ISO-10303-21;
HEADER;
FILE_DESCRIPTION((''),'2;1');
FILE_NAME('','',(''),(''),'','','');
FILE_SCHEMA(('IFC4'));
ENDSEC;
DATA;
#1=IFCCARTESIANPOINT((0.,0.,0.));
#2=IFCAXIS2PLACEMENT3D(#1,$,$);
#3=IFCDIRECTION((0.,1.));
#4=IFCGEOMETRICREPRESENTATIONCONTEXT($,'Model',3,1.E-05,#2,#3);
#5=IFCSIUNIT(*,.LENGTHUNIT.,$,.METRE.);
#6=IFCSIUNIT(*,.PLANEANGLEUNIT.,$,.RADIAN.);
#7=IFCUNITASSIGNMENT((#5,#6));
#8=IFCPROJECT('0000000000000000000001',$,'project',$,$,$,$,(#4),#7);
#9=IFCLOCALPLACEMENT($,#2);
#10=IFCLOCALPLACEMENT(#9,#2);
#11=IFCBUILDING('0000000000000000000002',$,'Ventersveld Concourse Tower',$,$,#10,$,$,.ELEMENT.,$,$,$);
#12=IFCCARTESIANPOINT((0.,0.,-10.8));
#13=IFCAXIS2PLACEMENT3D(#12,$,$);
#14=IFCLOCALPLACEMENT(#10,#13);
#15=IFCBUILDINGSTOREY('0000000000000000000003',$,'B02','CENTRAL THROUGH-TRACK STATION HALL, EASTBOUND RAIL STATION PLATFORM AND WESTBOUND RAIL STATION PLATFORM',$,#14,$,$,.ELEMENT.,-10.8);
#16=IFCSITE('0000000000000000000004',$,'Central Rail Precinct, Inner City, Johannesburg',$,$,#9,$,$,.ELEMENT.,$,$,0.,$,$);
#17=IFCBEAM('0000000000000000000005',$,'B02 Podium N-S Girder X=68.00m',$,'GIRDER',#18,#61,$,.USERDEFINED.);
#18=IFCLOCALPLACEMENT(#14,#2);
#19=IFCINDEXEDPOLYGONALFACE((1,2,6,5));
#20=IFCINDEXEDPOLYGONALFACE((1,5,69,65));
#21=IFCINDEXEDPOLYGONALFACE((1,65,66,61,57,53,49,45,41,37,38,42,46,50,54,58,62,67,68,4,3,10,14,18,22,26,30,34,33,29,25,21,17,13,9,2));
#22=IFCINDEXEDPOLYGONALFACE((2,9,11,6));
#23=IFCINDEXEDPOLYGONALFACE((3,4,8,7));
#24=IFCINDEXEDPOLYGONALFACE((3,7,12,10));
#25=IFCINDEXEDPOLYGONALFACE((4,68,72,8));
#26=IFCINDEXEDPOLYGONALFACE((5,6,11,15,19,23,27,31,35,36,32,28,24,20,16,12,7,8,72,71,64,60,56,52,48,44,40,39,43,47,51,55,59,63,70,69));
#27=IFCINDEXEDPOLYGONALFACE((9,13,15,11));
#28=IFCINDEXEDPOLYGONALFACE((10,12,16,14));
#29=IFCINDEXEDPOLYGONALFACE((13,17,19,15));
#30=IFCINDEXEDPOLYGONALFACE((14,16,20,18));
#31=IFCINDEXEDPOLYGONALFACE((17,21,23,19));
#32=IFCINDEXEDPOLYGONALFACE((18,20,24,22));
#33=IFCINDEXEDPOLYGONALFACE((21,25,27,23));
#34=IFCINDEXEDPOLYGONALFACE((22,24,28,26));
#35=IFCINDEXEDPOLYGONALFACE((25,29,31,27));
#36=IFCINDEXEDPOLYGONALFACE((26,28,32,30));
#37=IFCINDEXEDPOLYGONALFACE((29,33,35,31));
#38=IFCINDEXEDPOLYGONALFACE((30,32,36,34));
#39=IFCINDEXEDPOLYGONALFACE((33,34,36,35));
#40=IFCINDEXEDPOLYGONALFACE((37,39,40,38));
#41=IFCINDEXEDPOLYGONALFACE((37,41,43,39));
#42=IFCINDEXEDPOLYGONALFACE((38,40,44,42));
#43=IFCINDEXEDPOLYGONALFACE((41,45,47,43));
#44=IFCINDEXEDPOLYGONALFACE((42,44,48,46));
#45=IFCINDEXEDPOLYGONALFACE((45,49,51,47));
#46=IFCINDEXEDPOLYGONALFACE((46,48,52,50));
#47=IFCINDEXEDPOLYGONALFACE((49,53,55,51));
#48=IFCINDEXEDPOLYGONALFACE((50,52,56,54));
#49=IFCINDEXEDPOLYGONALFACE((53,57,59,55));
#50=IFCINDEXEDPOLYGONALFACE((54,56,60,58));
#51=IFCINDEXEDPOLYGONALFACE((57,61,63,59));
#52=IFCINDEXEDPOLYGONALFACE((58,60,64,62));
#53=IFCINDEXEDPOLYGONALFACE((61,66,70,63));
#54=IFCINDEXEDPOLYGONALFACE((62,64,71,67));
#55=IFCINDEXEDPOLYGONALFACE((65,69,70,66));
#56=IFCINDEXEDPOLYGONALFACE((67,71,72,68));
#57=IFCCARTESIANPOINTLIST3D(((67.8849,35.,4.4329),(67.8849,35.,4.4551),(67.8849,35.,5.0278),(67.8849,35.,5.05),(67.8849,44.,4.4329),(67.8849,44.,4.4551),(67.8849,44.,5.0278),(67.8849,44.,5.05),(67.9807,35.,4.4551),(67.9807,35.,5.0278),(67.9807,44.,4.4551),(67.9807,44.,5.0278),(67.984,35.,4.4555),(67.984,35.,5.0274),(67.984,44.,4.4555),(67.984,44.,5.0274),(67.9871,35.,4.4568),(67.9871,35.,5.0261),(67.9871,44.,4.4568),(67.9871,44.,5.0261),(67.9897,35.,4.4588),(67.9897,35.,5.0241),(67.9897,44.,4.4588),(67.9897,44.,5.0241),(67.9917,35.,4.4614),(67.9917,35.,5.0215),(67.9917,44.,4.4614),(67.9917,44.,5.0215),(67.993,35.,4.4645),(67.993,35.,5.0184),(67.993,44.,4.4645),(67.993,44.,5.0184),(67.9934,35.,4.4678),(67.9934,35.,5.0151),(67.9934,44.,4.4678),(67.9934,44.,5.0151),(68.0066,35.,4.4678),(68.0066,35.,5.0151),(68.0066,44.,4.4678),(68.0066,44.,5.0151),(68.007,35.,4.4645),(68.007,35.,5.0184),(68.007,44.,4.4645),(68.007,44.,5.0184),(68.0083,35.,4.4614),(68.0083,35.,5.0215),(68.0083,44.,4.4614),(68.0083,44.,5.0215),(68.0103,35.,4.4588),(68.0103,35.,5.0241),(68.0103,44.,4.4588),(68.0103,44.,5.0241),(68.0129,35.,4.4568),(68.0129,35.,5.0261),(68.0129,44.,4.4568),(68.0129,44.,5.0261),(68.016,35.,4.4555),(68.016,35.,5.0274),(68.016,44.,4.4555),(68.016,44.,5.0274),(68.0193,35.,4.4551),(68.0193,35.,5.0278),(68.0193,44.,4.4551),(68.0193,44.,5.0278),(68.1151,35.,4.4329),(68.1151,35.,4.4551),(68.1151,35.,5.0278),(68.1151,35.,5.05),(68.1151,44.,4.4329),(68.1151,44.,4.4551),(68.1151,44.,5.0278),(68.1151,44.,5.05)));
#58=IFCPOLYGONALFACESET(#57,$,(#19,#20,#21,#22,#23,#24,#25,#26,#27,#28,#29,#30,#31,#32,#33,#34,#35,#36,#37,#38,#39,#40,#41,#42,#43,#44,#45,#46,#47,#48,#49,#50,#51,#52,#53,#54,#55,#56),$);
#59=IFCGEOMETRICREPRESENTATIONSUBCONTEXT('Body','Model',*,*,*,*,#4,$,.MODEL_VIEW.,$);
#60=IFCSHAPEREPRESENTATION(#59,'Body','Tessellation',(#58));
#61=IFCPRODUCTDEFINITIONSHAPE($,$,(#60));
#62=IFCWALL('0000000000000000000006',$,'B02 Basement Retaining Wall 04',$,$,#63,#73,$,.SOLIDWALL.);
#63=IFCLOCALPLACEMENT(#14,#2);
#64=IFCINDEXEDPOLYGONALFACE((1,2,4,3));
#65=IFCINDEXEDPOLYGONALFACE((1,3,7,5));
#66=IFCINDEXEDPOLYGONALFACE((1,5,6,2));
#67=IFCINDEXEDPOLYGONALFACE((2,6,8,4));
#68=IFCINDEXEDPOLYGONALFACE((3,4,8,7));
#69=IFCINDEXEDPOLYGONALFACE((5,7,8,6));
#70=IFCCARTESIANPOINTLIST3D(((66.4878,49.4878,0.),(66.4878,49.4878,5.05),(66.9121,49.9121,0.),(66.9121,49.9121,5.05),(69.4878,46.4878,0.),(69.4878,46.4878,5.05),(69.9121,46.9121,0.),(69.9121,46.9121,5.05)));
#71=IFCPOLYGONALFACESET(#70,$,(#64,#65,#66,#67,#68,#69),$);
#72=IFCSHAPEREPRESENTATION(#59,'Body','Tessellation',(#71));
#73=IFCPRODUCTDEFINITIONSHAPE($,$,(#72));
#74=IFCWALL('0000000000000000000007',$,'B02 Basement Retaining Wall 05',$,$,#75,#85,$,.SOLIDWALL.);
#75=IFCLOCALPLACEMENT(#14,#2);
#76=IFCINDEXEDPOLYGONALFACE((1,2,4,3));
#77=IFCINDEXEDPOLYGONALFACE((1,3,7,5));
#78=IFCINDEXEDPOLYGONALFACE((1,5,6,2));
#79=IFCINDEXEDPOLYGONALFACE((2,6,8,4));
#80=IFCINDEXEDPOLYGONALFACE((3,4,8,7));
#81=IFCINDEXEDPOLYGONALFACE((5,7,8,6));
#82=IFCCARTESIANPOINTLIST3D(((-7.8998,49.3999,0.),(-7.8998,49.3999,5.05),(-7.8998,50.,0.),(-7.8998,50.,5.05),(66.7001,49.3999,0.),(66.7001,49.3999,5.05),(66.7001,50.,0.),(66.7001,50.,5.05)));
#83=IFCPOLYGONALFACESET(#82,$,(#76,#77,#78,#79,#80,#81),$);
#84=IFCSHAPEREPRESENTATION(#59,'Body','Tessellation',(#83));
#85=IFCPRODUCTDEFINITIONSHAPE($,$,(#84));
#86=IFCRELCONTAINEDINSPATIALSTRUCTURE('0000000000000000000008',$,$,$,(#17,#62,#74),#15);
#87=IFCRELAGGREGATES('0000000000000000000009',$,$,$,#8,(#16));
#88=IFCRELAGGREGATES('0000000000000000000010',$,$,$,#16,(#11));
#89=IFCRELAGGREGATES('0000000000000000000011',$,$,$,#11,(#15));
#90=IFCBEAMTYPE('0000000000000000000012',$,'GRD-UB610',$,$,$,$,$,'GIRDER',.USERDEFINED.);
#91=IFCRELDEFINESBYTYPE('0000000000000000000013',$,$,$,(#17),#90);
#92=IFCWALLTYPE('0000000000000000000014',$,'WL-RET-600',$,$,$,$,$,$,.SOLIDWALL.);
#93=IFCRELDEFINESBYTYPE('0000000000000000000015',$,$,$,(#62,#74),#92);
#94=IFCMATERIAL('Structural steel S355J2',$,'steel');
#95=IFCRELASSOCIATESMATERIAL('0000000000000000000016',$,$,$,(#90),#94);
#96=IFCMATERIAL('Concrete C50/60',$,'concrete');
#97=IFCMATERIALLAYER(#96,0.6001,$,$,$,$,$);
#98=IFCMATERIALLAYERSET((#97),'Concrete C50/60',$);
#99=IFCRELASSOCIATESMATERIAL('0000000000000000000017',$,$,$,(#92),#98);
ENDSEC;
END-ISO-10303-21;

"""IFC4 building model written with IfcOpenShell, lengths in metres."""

from ifc_helpers import new_model, si_unit, direction, frame, frame_2d, origin, origin_2d, place, context, subcontext, project, spatial, rectangle, i_section, extrude, material, layer, layer_set, material_profile, profile_set, type_object, element, save


model = new_model("IFC4")

# Units and contexts
model_context = context("Model", 3, precision=1e-05, world=origin(), true_north=direction((0.0, 1.0)))
body_context = subcontext(model_context, "Body", "Model", "MODEL_VIEW")
ifc_project = project(units=[si_unit("LENGTHUNIT", "METRE"), si_unit("PLANEANGLEUNIT", "RADIAN")], contexts=[model_context])

# Site, building, storey
site_placement = place(None, origin())
site = spatial("IfcSite", under=ifc_project, at=site_placement, Name="Central Rail Precinct, Inner City, Johannesburg", CompositionType="ELEMENT", RefElevation=0.0)
building_placement = place(site_placement, origin())
building = spatial("IfcBuilding", under=site, at=building_placement, Name="Ventersveld Concourse Tower", CompositionType="ELEMENT")
storey_placement = place(building_placement, frame((0.0, 0.0, -10.8)))
storey = spatial("IfcBuildingStorey", under=building, at=storey_placement, Name="B02", Description="CENTRAL THROUGH-TRACK STATION HALL, EASTBOUND RAIL STATION PLATFORM AND WESTBOUND RAIL STATION PLATFORM", CompositionType="ELEMENT", Elevation=-10.8)

# Shared definitions
ifc_material_1 = material(Name="Concrete C50/60", Category="concrete")

# Beam
ifc_material_2 = material(Name="Structural steel S355J2", Category="steel")
ifc_material_profile_1 = material_profile(ifc_material_2, i_section(OverallWidth=0.2302, OverallDepth=0.6172, WebThickness=0.0132, FlangeThickness=0.0222, FilletRadius=0.0127, at=origin_2d()), Name="UB 610x229x140")
ifc_profile_set_1 = profile_set([ifc_material_profile_1], Name="Structural steel S355J2")
beam_type_1 = type_object("IfcBeamType", Name="GRD-UB610", ElementType="GIRDER", PredefinedType="USERDEFINED", material=ifc_profile_set_1)
beam_1_placement = place(storey_placement, frame((68.0, 35.0, 4.7415), z_axis=(0.0, 1.0, 0.0), x_axis=(-1.0, 0.0, 0.0)))
element("IfcBeam", 1, at=beam_1_placement, inside=storey, type_object=beam_type_1, Name="B02 Podium N-S Girder X=68.00m", ObjectType="GIRDER", PredefinedType="USERDEFINED", context=body_context, shape_type="SweptSolid", body=[
    extrude(i_section(OverallWidth=0.2302, OverallDepth=0.6172, WebThickness=0.0132, FlangeThickness=0.0222, FilletRadius=0.0127, at=origin_2d()), origin(), (0.0, 0.0, 1.0), 9.0),
])

# Walls
ifc_layer = layer(ifc_material_1, 0.6001)
ifc_layer_set = layer_set([ifc_layer], Name="Concrete C50/60")
wall_type = type_object("IfcWallType", Name="WL-RET-600", PredefinedType="SOLIDWALL", material=ifc_layer_set)
wall_1_placement = place(storey_placement, frame((69.7, 46.7, 0.0), z_axis=(0.0, 0.0, 1.0), x_axis=(-0.707107, 0.707107, 0.0)))
element("IfcWall", 2, at=wall_1_placement, inside=storey, type_object=wall_type, Name="B02 Basement Retaining Wall 04", PredefinedType="SOLIDWALL", context=body_context, shape_type="SweptSolid", body=[
    extrude(rectangle(XDim=4.2427, YDim=0.6001, at=frame_2d((2.1213, 0.0))), origin(), (0.0, 0.0, 1.0), 5.05),
])
wall_2_placement = place(storey_placement, frame((66.7, 49.7, 0.0), z_axis=(0.0, 0.0, 1.0), x_axis=(-1.0, 0.0, 0.0)))
element("IfcWall", 3, at=wall_2_placement, inside=storey, type_object=wall_type, Name="B02 Basement Retaining Wall 05", PredefinedType="SOLIDWALL", context=body_context, shape_type="SweptSolid", body=[
    extrude(rectangle(XDim=74.5999, YDim=0.6001, at=frame_2d((37.2998, 0.0))), origin(), (0.0, 0.0, 1.0), 5.05),
])

save(model, "model.ifc")
